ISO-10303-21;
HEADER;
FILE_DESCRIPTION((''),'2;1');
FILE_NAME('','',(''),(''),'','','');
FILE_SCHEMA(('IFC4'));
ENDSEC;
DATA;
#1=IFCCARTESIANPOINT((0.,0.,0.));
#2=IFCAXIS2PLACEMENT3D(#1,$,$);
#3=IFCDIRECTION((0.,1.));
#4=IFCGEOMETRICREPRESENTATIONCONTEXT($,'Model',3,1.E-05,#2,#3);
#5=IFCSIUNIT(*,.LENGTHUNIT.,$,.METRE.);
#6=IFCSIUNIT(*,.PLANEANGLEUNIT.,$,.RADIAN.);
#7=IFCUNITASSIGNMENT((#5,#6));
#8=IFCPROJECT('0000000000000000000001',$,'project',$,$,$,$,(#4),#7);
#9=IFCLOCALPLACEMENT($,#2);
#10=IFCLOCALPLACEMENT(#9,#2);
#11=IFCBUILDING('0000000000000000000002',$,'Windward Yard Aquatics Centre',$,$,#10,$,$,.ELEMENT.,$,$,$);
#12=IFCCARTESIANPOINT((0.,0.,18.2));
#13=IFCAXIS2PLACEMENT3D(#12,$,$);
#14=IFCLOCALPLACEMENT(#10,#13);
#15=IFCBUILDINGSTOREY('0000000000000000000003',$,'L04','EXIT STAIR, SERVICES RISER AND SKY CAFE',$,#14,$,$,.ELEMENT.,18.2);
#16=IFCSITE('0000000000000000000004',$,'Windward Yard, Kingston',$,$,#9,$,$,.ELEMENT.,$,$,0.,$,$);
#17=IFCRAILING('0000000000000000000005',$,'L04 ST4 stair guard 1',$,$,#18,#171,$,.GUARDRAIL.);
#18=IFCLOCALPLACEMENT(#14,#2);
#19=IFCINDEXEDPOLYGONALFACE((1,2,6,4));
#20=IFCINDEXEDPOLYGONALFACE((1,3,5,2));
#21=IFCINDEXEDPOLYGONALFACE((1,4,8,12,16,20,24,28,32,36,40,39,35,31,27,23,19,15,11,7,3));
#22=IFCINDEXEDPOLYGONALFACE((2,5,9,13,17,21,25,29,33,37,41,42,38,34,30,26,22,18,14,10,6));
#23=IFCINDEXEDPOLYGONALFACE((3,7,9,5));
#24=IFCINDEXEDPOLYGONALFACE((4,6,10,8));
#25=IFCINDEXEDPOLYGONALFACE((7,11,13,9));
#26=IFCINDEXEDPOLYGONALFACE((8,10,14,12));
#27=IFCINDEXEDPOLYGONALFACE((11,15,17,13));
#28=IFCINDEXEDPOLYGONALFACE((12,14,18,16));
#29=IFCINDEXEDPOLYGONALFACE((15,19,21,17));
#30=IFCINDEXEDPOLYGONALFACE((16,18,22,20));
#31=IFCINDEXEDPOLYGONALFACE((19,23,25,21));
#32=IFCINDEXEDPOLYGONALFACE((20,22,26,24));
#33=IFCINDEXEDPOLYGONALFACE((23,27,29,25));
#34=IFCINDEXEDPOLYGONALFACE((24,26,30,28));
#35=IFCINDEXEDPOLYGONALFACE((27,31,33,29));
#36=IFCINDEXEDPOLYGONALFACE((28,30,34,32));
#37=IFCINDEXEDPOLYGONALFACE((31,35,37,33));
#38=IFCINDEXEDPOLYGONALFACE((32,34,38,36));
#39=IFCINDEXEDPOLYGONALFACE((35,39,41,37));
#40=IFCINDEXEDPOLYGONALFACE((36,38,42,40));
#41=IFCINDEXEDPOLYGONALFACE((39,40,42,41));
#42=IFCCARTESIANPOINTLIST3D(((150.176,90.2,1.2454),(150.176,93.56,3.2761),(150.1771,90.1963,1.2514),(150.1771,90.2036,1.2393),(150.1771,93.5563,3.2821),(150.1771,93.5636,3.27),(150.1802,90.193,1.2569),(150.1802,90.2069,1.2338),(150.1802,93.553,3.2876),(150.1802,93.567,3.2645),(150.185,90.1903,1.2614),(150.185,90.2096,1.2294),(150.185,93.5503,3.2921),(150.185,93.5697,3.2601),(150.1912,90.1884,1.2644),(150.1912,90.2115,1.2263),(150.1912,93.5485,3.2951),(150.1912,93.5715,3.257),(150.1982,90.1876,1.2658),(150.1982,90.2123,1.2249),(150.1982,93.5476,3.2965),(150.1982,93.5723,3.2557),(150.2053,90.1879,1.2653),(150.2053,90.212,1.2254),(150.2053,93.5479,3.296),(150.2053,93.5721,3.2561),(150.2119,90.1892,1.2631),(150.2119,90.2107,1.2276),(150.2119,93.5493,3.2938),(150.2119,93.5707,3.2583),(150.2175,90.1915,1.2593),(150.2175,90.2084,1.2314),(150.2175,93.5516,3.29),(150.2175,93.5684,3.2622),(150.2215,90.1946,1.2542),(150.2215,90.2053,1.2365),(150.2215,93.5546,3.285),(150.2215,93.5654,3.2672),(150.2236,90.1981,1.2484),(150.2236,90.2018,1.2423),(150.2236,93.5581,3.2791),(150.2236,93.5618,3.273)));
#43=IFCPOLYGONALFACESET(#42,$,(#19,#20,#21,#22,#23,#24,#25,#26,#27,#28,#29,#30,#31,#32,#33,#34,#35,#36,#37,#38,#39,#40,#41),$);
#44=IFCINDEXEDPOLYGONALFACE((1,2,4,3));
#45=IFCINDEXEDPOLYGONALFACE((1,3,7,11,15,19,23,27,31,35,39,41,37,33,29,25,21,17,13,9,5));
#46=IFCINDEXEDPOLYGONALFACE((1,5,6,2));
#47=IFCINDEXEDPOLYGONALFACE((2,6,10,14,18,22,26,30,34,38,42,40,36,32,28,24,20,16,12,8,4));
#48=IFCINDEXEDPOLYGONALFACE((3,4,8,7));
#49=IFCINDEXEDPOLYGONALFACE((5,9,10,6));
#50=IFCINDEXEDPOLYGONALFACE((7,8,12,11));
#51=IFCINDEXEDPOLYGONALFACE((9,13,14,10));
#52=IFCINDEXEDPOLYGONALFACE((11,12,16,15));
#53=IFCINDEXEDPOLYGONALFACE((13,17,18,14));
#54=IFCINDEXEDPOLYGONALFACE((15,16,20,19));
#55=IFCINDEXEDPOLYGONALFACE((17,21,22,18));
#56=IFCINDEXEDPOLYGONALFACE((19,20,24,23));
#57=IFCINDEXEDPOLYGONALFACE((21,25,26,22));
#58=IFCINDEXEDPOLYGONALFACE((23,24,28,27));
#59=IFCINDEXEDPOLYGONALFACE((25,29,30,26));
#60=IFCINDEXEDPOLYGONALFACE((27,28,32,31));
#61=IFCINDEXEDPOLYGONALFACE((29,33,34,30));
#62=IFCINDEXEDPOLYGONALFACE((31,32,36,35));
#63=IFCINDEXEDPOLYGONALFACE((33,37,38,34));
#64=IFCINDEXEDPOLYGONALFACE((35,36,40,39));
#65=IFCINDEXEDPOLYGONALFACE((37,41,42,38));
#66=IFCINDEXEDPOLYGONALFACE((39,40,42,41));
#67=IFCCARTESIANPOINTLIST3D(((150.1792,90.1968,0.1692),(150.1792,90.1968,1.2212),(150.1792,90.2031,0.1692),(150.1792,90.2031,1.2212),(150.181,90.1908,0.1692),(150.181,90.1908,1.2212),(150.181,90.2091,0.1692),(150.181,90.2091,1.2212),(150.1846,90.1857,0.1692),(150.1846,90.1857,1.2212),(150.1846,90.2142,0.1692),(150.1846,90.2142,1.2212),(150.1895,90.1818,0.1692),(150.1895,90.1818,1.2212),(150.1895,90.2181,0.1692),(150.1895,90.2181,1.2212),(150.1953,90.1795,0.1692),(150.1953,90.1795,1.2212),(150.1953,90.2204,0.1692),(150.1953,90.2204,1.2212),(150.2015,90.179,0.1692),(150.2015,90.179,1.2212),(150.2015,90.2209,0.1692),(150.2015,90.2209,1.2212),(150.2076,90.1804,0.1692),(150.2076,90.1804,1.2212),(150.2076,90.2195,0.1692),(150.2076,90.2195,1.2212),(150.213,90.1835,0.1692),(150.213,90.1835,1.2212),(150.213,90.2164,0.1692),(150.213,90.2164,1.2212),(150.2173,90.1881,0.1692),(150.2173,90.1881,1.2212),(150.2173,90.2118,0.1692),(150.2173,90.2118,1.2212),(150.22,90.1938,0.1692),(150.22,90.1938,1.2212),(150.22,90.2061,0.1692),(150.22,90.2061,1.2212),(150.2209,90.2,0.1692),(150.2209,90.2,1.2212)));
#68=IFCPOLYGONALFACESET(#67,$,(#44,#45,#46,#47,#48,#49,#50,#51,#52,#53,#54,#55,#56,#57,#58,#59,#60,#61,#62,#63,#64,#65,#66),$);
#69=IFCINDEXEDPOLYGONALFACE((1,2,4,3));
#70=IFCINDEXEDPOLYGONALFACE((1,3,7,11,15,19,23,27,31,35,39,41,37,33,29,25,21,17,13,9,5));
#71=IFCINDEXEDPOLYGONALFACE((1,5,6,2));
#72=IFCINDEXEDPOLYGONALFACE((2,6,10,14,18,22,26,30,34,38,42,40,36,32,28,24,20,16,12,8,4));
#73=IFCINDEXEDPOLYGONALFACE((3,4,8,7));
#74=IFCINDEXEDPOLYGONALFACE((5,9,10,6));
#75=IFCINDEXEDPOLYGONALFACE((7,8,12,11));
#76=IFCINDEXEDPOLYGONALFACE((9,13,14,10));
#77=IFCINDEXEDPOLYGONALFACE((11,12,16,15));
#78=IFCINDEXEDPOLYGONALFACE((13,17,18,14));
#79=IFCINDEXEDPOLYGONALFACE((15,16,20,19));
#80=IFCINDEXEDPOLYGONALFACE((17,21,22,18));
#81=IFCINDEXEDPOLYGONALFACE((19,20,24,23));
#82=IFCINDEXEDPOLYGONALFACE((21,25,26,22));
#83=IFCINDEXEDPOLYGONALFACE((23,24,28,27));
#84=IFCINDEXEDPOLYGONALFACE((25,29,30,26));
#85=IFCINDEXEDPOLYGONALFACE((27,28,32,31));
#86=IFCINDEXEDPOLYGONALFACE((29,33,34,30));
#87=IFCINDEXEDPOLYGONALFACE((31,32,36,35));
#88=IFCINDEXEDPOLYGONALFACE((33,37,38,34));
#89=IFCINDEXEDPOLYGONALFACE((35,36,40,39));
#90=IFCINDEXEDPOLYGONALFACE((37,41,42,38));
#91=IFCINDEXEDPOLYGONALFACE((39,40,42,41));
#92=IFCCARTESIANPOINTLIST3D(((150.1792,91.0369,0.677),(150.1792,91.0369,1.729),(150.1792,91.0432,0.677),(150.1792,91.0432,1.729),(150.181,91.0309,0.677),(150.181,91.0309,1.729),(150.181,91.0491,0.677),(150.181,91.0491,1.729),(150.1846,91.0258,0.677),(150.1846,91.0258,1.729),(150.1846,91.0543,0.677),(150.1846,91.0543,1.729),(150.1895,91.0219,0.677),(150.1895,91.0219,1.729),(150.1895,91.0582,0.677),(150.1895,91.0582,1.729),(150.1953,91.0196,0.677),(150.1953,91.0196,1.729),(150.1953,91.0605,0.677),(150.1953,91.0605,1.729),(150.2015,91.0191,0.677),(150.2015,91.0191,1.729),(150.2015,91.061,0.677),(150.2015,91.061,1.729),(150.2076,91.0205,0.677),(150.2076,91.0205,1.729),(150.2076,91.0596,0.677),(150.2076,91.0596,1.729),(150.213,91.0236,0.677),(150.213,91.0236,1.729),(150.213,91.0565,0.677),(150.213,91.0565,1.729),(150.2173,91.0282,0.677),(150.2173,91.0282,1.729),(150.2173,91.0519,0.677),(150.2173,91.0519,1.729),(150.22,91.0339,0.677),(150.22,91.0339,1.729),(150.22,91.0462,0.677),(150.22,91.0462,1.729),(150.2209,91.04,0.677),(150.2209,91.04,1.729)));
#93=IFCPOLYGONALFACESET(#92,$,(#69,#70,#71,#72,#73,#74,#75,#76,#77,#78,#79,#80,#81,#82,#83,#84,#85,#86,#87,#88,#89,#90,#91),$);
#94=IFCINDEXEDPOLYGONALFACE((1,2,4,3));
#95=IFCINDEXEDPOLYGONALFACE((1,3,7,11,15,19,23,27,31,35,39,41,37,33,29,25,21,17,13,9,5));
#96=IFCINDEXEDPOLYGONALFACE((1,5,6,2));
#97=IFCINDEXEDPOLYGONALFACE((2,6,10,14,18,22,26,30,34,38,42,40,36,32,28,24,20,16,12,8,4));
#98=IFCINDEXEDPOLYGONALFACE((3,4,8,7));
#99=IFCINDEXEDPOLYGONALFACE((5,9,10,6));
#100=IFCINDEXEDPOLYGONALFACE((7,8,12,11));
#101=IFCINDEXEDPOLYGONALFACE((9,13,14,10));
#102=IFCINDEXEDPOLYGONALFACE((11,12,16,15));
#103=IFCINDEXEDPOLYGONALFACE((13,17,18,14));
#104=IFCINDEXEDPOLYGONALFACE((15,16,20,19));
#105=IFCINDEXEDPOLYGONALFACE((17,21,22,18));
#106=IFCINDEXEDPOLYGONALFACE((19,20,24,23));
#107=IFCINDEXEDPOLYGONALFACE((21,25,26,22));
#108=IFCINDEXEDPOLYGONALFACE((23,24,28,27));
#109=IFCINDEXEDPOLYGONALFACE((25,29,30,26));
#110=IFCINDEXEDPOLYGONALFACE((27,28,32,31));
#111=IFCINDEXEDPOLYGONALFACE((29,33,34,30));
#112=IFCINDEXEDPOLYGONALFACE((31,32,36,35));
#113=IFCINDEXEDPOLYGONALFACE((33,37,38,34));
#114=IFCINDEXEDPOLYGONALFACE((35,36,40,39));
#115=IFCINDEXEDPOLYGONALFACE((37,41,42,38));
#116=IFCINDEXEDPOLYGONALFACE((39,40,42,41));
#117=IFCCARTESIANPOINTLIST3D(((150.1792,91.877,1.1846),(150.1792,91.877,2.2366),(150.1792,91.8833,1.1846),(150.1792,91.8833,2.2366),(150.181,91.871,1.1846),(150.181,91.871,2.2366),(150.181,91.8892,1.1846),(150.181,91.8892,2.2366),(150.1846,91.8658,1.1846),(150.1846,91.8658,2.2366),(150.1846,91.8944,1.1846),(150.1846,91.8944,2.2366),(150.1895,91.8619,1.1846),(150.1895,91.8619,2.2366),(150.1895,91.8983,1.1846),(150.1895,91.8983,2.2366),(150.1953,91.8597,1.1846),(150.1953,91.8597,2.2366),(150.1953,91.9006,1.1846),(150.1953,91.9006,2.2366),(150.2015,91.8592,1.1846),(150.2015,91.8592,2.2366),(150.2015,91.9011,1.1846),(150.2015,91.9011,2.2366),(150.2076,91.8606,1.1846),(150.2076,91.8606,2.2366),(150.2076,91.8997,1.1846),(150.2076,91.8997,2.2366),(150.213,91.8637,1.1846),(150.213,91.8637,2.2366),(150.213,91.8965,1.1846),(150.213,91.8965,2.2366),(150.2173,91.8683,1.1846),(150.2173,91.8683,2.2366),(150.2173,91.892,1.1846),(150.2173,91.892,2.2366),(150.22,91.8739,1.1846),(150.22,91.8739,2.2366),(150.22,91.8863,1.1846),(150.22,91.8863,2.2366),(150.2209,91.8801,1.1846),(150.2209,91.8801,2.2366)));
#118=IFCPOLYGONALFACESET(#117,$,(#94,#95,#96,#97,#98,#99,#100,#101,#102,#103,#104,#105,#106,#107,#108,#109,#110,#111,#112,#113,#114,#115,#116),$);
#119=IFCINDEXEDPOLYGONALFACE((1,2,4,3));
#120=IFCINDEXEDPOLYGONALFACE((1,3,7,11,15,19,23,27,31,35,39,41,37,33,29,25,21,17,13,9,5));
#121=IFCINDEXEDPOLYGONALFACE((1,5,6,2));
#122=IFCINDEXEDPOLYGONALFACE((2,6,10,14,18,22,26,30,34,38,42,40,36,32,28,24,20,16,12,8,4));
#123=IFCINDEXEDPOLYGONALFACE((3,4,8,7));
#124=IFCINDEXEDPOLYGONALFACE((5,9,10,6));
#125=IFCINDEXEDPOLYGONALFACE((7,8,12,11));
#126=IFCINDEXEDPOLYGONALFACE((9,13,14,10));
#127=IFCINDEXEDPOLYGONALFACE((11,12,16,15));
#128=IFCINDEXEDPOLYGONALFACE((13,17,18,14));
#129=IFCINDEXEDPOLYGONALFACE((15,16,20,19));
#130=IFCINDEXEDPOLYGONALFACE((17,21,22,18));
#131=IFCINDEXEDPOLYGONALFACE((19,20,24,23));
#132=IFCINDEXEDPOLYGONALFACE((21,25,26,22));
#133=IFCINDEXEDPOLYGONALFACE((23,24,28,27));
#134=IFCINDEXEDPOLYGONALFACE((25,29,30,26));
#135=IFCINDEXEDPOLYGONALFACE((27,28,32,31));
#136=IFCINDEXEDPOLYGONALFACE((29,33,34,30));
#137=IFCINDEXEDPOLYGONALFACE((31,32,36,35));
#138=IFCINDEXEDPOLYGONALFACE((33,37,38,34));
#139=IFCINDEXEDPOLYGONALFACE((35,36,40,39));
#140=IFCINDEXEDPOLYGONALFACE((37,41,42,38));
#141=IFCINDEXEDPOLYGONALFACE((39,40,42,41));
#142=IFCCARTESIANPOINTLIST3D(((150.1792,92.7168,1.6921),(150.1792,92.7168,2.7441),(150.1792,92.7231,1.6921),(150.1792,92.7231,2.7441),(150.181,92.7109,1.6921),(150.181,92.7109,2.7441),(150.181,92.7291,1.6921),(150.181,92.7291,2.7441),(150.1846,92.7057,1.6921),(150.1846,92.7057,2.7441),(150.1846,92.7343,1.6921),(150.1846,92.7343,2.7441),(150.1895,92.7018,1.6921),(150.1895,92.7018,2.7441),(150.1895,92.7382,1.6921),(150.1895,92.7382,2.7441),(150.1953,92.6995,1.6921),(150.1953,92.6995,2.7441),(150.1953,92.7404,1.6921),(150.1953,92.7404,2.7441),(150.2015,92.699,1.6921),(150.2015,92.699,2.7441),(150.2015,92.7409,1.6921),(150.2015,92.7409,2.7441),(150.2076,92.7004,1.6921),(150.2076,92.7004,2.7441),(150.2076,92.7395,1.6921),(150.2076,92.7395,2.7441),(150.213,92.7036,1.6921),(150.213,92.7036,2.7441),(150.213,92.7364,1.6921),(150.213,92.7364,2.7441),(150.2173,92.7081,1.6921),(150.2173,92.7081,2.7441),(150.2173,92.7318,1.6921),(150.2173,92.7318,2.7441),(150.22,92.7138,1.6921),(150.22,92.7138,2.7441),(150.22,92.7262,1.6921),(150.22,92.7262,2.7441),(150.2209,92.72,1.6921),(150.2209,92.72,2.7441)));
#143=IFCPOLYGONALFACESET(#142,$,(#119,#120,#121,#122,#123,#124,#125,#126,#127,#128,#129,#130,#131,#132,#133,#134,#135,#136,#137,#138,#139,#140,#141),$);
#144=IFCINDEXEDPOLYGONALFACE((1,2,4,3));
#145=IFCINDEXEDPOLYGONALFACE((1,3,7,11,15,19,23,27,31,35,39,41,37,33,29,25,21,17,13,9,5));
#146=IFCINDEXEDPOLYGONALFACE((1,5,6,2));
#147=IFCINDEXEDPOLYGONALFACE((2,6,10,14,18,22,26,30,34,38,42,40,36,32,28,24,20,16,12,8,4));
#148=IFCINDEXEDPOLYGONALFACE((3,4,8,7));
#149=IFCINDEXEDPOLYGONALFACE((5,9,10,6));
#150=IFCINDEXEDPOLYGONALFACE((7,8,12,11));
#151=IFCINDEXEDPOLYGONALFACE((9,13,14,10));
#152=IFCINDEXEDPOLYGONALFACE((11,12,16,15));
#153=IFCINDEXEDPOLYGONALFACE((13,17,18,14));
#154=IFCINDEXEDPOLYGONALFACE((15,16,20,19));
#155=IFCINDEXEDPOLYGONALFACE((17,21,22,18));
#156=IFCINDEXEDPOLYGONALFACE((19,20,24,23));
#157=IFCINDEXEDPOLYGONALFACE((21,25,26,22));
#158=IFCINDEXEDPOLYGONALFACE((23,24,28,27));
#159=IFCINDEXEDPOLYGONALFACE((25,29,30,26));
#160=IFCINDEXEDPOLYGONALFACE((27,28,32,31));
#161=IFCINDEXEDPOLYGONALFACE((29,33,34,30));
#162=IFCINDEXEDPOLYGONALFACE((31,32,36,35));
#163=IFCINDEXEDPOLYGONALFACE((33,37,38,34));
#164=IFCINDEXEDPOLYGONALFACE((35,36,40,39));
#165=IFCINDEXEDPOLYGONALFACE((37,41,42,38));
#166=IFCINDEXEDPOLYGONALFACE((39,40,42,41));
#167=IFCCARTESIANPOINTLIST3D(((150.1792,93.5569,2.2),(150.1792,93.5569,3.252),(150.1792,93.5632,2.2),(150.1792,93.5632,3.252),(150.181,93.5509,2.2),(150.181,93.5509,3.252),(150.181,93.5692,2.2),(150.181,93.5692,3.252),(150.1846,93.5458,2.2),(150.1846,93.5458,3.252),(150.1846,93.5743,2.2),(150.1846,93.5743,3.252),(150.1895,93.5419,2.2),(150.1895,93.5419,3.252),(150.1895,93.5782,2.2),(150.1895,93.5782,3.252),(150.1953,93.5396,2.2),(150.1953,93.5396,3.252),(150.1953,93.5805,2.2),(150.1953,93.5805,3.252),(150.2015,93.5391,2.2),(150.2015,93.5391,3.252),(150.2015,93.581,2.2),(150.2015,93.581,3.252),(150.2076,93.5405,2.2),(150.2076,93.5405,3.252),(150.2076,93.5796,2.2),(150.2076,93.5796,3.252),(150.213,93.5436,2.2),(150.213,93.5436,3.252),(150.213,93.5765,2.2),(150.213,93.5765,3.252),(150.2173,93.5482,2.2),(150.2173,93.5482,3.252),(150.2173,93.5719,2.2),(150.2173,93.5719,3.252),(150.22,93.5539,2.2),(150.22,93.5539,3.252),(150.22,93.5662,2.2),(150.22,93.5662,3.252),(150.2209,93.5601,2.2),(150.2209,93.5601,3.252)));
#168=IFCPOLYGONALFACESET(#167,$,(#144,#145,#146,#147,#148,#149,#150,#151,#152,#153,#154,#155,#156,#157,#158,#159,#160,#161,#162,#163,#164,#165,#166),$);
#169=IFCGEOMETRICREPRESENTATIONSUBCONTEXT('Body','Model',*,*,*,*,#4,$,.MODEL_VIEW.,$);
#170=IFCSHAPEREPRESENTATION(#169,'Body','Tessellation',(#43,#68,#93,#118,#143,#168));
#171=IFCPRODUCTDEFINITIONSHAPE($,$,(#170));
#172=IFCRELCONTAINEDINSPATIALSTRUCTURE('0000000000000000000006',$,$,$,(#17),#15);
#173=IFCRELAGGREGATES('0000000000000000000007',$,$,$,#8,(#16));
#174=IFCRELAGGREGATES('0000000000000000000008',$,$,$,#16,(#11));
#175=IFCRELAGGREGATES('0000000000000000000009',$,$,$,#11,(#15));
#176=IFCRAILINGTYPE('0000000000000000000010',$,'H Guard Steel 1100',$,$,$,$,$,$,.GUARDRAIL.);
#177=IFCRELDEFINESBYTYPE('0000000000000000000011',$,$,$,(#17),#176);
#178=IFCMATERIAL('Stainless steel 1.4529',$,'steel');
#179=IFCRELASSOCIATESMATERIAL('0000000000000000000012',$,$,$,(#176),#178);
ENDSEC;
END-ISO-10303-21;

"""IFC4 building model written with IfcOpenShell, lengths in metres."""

from ifc_helpers import new_model, si_unit, direction, frame, origin, origin_2d, place, context, subcontext, project, spatial, circle, extrude, material, type_object, element, save


model = new_model("IFC4")

# Units and contexts
model_context = context("Model", 3, precision=1e-05, world=origin(), true_north=direction((0.0, 1.0)))
body_context = subcontext(model_context, "Body", "Model", "MODEL_VIEW")
ifc_project = project(units=[si_unit("LENGTHUNIT", "METRE"), si_unit("PLANEANGLEUNIT", "RADIAN")], contexts=[model_context])

# Site, building, storey
site_placement = place(None, origin())
site = spatial("IfcSite", under=ifc_project, at=site_placement, Name="Windward Yard, Kingston", CompositionType="ELEMENT", RefElevation=0.0)
building_placement = place(site_placement, origin())
building = spatial("IfcBuilding", under=site, at=building_placement, Name="Windward Yard Aquatics Centre", CompositionType="ELEMENT")
storey_placement = place(building_placement, frame((0.0, 0.0, 18.2)))
storey = spatial("IfcBuildingStorey", under=building, at=storey_placement, Name="L04", Description="EXIT STAIR, SERVICES RISER AND SKY CAFE", CompositionType="ELEMENT", Elevation=18.2)

# Railing
ifc_material_1 = material(Name="Stainless steel 1.4529", Category="steel")
railing_type_1 = type_object("IfcRailingType", Name="H Guard Steel 1100", PredefinedType="GUARDRAIL", material=ifc_material_1)
railing_1_placement = place(storey_placement, frame((150.2, 90.2, 0.1692)))
element("IfcRailing", 1, at=railing_1_placement, inside=storey, type_object=railing_type_1, Name="L04 ST4 stair guard 1", PredefinedType="GUARDRAIL", context=body_context, shape_type="SweptSolid", body=[
    extrude(circle(Radius=0.0239, at=origin_2d()), frame((0.0, 0.0, 1.0762), z_axis=(0.0, 0.855837, 0.517246), x_axis=(-1.0, 0.0, 0.0)), (0.0, 0.0, 1.0), 3.926),
    extrude(circle(Radius=0.021, at=origin_2d()), origin(), (0.0, 0.0, 1.0), 1.052),
    extrude(circle(Radius=0.021, at=origin_2d()), frame((0.0, 0.8401, 0.5078)), (0.0, 0.0, 1.0), 1.052),
    extrude(circle(Radius=0.021, at=origin_2d()), frame((0.0, 1.6802, 1.0154)), (0.0, 0.0, 1.0), 1.052),
    extrude(circle(Radius=0.021, at=origin_2d()), frame((0.0, 2.52, 1.5229)), (0.0, 0.0, 1.0), 1.052),
    extrude(circle(Radius=0.021, at=origin_2d()), frame((0.0, 3.3601, 2.0308)), (0.0, 0.0, 1.0), 1.052),
])

save(model, "model.ifc")
